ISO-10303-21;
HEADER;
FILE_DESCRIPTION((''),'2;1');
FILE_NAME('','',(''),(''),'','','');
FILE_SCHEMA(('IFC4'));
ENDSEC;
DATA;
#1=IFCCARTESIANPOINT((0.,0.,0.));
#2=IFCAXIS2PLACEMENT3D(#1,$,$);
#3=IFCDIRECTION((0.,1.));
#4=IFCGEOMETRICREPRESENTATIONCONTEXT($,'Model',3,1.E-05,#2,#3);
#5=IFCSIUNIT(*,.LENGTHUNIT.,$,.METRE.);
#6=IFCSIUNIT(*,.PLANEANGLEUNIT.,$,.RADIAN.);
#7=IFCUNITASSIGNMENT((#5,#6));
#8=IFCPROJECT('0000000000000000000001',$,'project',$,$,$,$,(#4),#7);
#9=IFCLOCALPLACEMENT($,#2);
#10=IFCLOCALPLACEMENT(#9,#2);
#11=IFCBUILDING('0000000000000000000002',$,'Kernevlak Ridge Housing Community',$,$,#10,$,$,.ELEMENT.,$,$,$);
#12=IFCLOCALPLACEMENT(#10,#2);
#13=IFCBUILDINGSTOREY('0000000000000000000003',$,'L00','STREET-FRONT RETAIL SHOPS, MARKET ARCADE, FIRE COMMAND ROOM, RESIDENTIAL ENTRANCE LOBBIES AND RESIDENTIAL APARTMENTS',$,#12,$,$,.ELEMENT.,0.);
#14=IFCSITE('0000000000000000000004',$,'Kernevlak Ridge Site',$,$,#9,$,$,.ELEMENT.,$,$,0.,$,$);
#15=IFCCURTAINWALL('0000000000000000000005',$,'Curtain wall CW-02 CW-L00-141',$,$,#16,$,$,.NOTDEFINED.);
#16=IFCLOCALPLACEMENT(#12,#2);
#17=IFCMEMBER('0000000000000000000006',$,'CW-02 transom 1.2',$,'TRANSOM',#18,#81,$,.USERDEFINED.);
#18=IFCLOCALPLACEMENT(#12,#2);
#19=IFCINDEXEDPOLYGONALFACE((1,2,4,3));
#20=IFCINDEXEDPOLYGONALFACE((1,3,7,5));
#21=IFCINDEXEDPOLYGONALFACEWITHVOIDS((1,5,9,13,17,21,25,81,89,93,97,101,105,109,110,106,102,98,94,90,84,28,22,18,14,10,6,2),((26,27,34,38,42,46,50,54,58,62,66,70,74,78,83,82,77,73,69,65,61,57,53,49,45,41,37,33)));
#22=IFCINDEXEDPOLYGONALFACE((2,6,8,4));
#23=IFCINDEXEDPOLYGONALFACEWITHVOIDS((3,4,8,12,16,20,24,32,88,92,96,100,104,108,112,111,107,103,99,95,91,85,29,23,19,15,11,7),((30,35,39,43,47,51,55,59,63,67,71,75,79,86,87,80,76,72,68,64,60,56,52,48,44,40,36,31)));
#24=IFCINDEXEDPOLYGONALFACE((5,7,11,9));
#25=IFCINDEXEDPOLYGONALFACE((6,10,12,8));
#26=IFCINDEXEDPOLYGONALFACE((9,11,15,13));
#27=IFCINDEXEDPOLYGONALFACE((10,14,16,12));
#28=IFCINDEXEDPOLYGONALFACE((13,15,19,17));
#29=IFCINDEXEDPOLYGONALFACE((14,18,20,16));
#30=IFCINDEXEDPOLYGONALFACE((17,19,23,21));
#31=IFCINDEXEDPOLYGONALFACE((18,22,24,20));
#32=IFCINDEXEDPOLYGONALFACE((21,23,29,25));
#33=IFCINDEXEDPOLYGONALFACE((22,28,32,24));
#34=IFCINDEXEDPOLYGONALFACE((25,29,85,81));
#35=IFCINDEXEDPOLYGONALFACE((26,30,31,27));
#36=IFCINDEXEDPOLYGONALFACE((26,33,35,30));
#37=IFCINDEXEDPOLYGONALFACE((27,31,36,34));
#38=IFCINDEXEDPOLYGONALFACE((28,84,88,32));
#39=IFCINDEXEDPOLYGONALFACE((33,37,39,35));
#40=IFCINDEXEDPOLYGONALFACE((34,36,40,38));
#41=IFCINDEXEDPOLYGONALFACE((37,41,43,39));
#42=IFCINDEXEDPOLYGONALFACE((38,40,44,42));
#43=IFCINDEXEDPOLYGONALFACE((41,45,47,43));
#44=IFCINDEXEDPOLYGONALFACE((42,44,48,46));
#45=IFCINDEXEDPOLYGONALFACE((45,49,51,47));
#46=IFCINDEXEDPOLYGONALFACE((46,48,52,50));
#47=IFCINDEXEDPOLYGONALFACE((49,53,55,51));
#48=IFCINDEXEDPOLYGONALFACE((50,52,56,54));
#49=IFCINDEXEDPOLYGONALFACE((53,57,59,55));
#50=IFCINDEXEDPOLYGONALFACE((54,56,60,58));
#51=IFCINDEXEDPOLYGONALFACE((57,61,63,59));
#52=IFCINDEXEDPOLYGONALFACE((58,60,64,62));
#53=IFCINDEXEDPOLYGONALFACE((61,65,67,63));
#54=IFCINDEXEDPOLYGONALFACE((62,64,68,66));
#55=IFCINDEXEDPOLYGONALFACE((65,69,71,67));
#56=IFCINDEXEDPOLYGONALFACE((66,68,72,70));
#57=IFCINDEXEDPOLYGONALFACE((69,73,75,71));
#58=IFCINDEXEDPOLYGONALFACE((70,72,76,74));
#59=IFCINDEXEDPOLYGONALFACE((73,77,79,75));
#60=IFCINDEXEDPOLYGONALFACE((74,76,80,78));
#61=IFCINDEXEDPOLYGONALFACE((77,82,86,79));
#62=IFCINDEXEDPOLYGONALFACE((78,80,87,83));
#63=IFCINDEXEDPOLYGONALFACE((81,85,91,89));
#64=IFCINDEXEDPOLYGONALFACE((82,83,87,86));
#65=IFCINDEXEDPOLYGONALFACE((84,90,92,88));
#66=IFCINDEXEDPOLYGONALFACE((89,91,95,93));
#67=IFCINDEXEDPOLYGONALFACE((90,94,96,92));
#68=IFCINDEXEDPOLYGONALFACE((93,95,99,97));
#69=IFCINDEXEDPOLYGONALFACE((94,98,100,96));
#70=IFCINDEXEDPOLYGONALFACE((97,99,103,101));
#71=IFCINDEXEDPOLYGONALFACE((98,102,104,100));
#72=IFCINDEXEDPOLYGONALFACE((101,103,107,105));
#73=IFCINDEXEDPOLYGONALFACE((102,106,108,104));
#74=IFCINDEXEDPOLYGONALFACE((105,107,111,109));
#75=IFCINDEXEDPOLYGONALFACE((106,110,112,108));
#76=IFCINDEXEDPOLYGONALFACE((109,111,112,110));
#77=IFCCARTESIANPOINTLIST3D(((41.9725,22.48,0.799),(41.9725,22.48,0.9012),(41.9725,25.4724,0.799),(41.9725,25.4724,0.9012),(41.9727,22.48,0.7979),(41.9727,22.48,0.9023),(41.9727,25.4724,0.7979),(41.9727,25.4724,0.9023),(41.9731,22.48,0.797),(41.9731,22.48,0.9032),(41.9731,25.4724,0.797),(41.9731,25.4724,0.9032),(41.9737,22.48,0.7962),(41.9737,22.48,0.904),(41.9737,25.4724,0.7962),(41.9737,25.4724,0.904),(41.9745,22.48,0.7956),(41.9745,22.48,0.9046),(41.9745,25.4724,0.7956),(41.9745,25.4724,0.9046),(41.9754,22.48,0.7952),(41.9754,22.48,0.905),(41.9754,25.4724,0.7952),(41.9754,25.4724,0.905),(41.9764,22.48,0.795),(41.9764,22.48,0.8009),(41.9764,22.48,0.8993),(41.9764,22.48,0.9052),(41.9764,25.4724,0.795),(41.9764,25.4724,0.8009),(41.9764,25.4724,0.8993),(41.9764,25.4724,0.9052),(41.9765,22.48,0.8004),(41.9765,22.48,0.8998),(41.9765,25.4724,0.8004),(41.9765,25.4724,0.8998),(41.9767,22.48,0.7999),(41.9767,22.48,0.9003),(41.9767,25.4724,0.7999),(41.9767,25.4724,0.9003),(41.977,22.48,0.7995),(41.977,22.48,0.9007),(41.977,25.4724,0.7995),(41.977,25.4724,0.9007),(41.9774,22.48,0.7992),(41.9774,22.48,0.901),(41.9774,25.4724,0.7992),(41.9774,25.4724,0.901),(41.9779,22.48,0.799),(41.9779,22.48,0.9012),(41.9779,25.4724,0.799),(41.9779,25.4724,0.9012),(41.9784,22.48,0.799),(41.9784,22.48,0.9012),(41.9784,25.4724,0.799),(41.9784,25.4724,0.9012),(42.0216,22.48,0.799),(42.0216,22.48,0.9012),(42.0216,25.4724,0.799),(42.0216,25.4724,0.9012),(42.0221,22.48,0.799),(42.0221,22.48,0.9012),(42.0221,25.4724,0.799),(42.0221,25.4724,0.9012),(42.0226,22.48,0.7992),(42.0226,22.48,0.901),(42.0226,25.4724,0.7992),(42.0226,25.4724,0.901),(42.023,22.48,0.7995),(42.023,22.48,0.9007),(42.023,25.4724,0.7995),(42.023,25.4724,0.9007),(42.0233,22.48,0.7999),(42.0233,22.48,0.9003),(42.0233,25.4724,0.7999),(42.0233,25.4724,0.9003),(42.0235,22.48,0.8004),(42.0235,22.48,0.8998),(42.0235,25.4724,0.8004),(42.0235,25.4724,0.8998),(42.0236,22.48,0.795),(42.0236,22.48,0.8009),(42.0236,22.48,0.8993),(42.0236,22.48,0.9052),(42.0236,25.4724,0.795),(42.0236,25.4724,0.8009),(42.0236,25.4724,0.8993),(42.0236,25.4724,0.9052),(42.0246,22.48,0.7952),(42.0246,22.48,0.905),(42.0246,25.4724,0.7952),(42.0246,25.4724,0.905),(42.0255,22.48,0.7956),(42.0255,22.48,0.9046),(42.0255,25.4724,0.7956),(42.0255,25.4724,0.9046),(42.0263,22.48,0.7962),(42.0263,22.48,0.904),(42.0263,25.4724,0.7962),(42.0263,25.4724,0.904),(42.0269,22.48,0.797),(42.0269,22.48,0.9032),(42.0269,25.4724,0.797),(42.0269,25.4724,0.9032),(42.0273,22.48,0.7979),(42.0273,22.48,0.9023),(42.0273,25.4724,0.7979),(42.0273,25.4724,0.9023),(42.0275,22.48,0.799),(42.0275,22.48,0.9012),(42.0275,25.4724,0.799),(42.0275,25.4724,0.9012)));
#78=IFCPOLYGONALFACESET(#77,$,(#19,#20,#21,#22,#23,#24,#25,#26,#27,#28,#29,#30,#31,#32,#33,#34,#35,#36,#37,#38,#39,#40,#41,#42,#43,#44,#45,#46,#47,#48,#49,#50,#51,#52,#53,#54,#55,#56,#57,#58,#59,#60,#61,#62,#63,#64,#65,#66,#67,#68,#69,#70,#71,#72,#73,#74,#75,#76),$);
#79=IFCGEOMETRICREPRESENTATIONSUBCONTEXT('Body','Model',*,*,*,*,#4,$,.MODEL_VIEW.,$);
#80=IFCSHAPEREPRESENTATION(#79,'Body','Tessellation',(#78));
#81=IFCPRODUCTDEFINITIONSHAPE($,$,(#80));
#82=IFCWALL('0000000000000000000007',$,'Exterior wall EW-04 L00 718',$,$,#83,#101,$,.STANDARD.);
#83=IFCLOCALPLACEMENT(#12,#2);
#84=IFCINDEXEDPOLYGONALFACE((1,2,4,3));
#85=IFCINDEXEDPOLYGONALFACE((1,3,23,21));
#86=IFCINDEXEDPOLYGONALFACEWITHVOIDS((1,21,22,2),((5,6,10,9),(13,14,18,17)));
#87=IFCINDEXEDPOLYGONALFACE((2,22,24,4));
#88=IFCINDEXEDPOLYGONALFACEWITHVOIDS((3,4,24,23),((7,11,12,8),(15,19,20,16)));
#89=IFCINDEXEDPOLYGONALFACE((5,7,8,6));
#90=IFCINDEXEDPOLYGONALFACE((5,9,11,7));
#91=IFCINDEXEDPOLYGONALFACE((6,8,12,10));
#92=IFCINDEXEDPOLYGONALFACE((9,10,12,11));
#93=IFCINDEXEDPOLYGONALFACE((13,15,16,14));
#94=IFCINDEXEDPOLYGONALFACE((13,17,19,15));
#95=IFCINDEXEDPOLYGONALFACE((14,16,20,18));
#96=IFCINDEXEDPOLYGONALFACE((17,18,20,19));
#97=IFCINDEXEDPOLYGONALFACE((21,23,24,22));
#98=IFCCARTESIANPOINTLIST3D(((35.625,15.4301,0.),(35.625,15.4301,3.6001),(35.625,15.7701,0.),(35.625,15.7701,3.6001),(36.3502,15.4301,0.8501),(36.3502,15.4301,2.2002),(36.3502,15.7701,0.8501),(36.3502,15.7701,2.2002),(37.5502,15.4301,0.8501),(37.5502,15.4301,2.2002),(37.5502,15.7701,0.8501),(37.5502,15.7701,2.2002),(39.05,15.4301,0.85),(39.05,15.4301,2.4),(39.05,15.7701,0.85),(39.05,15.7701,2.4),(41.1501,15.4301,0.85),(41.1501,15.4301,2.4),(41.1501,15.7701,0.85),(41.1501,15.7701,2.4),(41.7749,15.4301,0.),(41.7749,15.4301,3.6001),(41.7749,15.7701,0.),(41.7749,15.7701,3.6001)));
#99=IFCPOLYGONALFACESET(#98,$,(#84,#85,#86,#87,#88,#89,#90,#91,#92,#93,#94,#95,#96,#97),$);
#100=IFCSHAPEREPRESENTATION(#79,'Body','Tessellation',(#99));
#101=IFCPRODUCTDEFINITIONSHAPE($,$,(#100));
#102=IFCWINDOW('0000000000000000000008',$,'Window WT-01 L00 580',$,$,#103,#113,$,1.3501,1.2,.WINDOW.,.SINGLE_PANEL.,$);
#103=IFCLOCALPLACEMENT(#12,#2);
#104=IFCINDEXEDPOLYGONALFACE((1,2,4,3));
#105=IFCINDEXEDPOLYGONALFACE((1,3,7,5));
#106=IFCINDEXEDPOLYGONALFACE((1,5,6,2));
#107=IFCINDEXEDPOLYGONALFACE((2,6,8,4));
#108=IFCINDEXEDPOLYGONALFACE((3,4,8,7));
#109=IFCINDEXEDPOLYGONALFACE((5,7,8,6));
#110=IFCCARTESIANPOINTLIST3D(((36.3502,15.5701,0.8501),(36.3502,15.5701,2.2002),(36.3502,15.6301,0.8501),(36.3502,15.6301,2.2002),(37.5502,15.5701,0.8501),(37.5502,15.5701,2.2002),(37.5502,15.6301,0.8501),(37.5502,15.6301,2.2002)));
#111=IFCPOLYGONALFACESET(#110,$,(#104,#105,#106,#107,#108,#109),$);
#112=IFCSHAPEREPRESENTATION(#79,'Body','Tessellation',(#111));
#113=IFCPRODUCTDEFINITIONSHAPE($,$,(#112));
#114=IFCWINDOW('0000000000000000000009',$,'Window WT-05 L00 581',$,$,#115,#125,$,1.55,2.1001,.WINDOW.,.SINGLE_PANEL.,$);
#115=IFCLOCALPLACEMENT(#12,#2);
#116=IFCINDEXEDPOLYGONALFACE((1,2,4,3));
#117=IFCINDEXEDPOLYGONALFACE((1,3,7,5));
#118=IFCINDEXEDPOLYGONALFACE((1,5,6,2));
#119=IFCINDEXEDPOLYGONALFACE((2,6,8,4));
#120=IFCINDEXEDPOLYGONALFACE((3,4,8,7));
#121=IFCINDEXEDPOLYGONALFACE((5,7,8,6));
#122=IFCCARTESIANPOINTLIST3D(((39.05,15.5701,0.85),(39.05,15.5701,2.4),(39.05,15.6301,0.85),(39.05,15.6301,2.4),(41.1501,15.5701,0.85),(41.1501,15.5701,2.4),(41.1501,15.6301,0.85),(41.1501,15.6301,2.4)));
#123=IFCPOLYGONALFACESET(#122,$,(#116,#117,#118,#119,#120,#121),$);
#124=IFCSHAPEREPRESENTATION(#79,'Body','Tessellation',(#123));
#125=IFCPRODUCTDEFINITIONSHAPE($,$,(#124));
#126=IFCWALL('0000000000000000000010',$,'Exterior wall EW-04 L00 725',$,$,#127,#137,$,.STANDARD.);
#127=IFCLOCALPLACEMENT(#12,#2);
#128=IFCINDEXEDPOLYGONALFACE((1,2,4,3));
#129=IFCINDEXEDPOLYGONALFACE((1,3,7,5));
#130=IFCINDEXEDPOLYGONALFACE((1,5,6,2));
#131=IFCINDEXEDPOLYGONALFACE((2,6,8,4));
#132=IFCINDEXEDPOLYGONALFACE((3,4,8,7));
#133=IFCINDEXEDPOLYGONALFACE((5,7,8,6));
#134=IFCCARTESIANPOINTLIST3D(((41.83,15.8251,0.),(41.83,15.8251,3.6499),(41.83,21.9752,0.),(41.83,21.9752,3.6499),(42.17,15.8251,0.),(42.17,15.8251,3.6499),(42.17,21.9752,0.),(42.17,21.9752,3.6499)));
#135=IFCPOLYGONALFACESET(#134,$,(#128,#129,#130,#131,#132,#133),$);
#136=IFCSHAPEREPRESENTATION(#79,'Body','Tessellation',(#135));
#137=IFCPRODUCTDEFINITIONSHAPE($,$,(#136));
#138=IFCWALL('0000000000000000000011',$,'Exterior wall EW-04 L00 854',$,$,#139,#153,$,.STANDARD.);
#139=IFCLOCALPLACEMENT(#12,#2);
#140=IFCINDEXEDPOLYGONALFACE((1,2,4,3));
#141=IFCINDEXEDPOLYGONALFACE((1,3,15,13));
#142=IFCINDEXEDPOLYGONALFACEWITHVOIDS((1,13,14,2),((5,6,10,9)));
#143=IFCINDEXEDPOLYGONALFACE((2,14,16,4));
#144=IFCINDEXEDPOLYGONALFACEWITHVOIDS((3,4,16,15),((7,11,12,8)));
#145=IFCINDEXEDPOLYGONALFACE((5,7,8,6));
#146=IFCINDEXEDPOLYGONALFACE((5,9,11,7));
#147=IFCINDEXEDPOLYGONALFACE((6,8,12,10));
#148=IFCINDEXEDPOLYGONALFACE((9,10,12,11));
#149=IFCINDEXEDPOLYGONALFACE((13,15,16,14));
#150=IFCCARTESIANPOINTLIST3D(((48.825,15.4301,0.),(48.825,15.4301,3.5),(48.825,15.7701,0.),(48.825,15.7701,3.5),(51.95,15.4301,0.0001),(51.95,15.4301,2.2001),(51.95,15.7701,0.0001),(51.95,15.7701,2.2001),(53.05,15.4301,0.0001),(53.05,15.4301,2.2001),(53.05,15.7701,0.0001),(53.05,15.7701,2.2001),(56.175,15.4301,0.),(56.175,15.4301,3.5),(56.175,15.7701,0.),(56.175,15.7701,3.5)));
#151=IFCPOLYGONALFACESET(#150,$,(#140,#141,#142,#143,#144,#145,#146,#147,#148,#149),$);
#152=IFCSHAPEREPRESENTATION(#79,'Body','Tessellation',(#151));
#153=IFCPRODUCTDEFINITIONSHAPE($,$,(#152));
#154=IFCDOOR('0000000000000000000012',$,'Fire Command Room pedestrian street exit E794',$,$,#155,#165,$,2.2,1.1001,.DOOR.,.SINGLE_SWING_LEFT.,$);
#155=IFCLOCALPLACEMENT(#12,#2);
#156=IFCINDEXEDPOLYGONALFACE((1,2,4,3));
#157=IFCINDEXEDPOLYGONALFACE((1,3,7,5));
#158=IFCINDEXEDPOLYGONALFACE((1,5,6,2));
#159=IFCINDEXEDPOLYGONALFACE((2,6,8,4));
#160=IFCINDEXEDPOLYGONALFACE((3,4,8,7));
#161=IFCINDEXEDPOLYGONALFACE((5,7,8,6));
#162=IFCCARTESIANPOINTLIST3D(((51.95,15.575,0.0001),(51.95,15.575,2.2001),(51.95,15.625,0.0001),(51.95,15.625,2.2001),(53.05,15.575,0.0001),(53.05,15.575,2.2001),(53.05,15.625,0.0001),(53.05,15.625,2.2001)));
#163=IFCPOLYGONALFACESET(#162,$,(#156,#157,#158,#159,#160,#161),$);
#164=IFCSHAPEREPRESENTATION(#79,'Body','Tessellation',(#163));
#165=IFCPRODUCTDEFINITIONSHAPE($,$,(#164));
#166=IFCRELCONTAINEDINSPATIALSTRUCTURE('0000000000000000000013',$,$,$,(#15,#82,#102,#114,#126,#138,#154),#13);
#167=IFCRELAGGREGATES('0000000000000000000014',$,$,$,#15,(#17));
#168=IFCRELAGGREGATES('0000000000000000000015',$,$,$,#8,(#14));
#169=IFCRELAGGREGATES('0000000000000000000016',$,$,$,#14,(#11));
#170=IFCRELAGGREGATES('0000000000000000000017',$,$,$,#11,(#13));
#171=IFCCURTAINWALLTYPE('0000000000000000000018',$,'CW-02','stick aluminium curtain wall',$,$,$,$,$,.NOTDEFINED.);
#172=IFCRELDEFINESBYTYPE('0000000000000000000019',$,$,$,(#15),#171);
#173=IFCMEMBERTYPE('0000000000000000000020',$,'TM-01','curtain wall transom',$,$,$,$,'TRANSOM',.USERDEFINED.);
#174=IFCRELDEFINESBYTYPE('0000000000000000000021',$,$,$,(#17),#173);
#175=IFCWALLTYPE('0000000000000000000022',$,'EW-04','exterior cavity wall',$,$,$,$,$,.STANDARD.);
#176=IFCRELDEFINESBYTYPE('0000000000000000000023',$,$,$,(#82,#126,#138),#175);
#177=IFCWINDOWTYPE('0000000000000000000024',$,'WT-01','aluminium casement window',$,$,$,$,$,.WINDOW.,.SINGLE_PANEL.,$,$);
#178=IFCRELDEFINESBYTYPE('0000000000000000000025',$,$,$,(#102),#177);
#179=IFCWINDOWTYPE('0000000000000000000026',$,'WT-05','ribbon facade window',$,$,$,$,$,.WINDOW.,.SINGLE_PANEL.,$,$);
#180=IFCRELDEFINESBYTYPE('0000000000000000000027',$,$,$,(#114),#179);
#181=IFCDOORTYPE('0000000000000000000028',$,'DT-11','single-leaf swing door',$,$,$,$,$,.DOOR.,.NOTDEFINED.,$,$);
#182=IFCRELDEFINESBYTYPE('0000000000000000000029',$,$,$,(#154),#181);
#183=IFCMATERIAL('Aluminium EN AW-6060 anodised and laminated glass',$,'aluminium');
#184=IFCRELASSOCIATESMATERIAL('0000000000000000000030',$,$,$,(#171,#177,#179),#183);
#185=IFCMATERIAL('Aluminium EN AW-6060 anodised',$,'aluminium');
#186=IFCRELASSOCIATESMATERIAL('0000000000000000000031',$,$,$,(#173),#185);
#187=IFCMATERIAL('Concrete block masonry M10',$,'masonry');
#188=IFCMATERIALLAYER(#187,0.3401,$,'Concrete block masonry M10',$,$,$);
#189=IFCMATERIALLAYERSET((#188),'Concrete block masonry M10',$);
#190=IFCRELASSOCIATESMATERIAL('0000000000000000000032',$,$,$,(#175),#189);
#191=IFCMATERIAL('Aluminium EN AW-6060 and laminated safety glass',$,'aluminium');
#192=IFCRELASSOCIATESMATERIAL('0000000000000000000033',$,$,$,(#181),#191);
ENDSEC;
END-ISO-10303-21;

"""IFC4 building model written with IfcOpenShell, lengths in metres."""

from ifc_helpers import new_model, si_unit, direction, frame, frame_2d, origin, origin_2d, place, context, subcontext, project, spatial, rectangle, hollow_rectangle, extrude, material, layer, layer_set, material_profile, profile_set, type_object, element, fill, aggregate, save


model = new_model("IFC4")

# Units and contexts
model_context = context("Model", 3, precision=1e-05, world=origin(), true_north=direction((0.0, 1.0)))
body_context = subcontext(model_context, "Body", "Model", "MODEL_VIEW")
ifc_project = project(units=[si_unit("LENGTHUNIT", "METRE"), si_unit("PLANEANGLEUNIT", "RADIAN")], contexts=[model_context])

# Site, building, storey
site_placement = place(None, origin())
site = spatial("IfcSite", under=ifc_project, at=site_placement, Name="Kernevlak Ridge Site", CompositionType="ELEMENT", RefElevation=0.0)
building_placement = place(site_placement, origin())
building = spatial("IfcBuilding", under=site, at=building_placement, Name="Kernevlak Ridge Housing Community", CompositionType="ELEMENT")
storey_placement = place(building_placement, origin())
storey = spatial("IfcBuildingStorey", under=building, at=storey_placement, Name="L00", Description="STREET-FRONT RETAIL SHOPS, MARKET ARCADE, FIRE COMMAND ROOM, RESIDENTIAL ENTRANCE LOBBIES AND RESIDENTIAL APARTMENTS", CompositionType="ELEMENT", Elevation=0.0)

# Curtain wall
ifc_material_1 = material(Name="Aluminium EN AW-6060 anodised and laminated glass", Category="aluminium")
curtain_wall_type = type_object("IfcCurtainWallType", Name="CW-02", Description="stick aluminium curtain wall", PredefinedType="NOTDEFINED", material=ifc_material_1)
curtain_wall_placement = place(storey_placement, origin())
curtain_wall = element("IfcCurtainWall", 1, at=curtain_wall_placement, inside=storey, type_object=curtain_wall_type, Name="Curtain wall CW-02 CW-L00-141", PredefinedType="NOTDEFINED")
ifc_material_2 = material(Name="Aluminium EN AW-6060 anodised", Category="aluminium")

# Member
ifc_material_profile_1 = material_profile(ifc_material_2, hollow_rectangle(XDim=0.0549, YDim=0.1101, WallThickness=0.0039, InnerFilletRadius=0.002, OuterFilletRadius=0.0039, at=origin_2d()), Name="ALU 55x110x4")
ifc_profile_set_1 = profile_set([ifc_material_profile_1], Name="Aluminium EN AW-6060 anodised")
member_type_1 = type_object("IfcMemberType", Name="TM-01", Description="curtain wall transom", ElementType="TRANSOM", PredefinedType="USERDEFINED", material=ifc_profile_set_1)
member_1_placement = place(storey_placement, frame((42.0, 22.48, 0.8501), z_axis=(0.0, 1.0, 0.0), x_axis=(-1.0, 0.0, 0.0)))
member_1 = element("IfcMember", 2, at=member_1_placement, type_object=member_type_1, Name="CW-02 transom 1.2", ObjectType="TRANSOM", PredefinedType="USERDEFINED", context=body_context, shape_type="SweptSolid", body=[
    extrude(hollow_rectangle(XDim=0.0549, YDim=0.1101, WallThickness=0.0039, InnerFilletRadius=0.002, OuterFilletRadius=0.0039, at=origin_2d()), origin(), (0.0, 0.0, 1.0), 2.9924),
])
aggregate(curtain_wall, [member_1])

# Wall, openings, windows
ifc_material_3 = material(Name="Concrete block masonry M10", Category="masonry")
ifc_layer_1 = layer(ifc_material_3, 0.3401, Name="Concrete block masonry M10")
ifc_layer_set_1 = layer_set([ifc_layer_1], Name="Concrete block masonry M10")
wall_type_1 = type_object("IfcWallType", Name="EW-04", Description="exterior cavity wall", PredefinedType="STANDARD", material=ifc_layer_set_1)
wall_1_placement = place(storey_placement, frame((35.625, 15.6001, 0.0), z_axis=(0.0, 0.0, 1.0), x_axis=(1.0, 0.0, 0.0)))
wall_1 = element("IfcWall", 3, at=wall_1_placement, inside=storey, type_object=wall_type_1, Name="Exterior wall EW-04 L00 718", PredefinedType="STANDARD", context=body_context, shape_type="SweptSolid", body=[
    extrude(rectangle(XDim=6.1499, YDim=0.3401, at=frame_2d((3.075, 0.0))), origin(), (0.0, 0.0, 1.0), 3.6001),
])
opening_1_placement = place(wall_1_placement, frame((0.7251, 0.0, 0.8501)))
opening_1 = element("IfcOpeningElement", 4, at=opening_1_placement, cuts=wall_1, PredefinedType="OPENING", context=body_context, shape_type="SweptSolid", body=[
    extrude(rectangle(XDim=1.2, YDim=1.3501, at=frame_2d((0.6001, 0.675))), frame((0.0, 0.1799, 0.0), z_axis=(0.0, -1.0, 0.0), x_axis=(1.0, 0.0, 0.0)), (0.0, 0.0, 1.0), 0.3601),
])
opening_2_placement = place(wall_1_placement, frame((3.425, 0.0, 0.8501)))
opening_2 = element("IfcOpeningElement", 5, at=opening_2_placement, cuts=wall_1, PredefinedType="OPENING", context=body_context, shape_type="SweptSolid", body=[
    extrude(rectangle(XDim=2.1001, YDim=1.55, at=frame_2d((1.05, 0.7749))), frame((0.0, 0.1799, 0.0), z_axis=(0.0, -1.0, 0.0), x_axis=(1.0, 0.0, 0.0)), (0.0, 0.0, 1.0), 0.3601),
])
window_type_1 = type_object("IfcWindowType", Name="WT-01", Description="aluminium casement window", PartitioningType="SINGLE_PANEL", PredefinedType="WINDOW", material=ifc_material_1)
window_1_placement = place(opening_1_placement, origin())
window_1 = element("IfcWindow", 6, at=window_1_placement, inside=storey, type_object=window_type_1, Name="Window WT-01 L00 580", OverallHeight=1.3501, OverallWidth=1.2, PartitioningType="SINGLE_PANEL", PredefinedType="WINDOW", context=body_context, shape_type="SweptSolid", body=[
    extrude(rectangle(XDim=1.2, YDim=1.3501, at=frame_2d((0.6001, 0.675))), frame((0.0, 0.03, 0.0), z_axis=(0.0, -1.0, 0.0), x_axis=(1.0, 0.0, 0.0)), (0.0, 0.0, 1.0), 0.0601),
])
fill(opening_1, window_1)
window_type_2 = type_object("IfcWindowType", Name="WT-05", Description="ribbon facade window", PartitioningType="SINGLE_PANEL", PredefinedType="WINDOW", material=ifc_material_1)
window_2_placement = place(opening_2_placement, origin())
window_2 = element("IfcWindow", 7, at=window_2_placement, inside=storey, type_object=window_type_2, Name="Window WT-05 L00 581", OverallHeight=1.55, OverallWidth=2.1001, PartitioningType="SINGLE_PANEL", PredefinedType="WINDOW", context=body_context, shape_type="SweptSolid", body=[
    extrude(rectangle(XDim=2.1001, YDim=1.55, at=frame_2d((1.05, 0.7749))), frame((0.0, 0.03, 0.0), z_axis=(0.0, -1.0, 0.0), x_axis=(1.0, 0.0, 0.0)), (0.0, 0.0, 1.0), 0.0601),
])
fill(opening_2, window_2)

# Wall
wall_2_placement = place(storey_placement, frame((42.0, 15.825, 0.0), z_axis=(0.0, 0.0, 1.0), x_axis=(0.0, 1.0, 0.0)))
element("IfcWall", 8, at=wall_2_placement, inside=storey, type_object=wall_type_1, Name="Exterior wall EW-04 L00 725", PredefinedType="STANDARD", context=body_context, shape_type="SweptSolid", body=[
    extrude(rectangle(XDim=6.1501, YDim=0.3401, at=frame_2d((3.0752, 0.0))), origin(), (0.0, 0.0, 1.0), 3.6499),
])

# Wall, opening, door
wall_3_placement = place(storey_placement, frame((48.825, 15.6001, 0.0), z_axis=(0.0, 0.0, 1.0), x_axis=(1.0, 0.0, 0.0)))
wall_3 = element("IfcWall", 9, at=wall_3_placement, inside=storey, type_object=wall_type_1, Name="Exterior wall EW-04 L00 854", PredefinedType="STANDARD", context=body_context, shape_type="SweptSolid", body=[
    extrude(rectangle(XDim=7.3501, YDim=0.3401, at=frame_2d((3.675, 0.0))), origin(), (0.0, 0.0, 1.0), 3.5),
])
opening_3_placement = place(wall_3_placement, frame((3.125, 0.0, 0.0)))
opening_3 = element("IfcOpeningElement", 10, at=opening_3_placement, cuts=wall_3, PredefinedType="OPENING", context=body_context, shape_type="SweptSolid", body=[
    extrude(rectangle(XDim=1.1001, YDim=2.2, at=frame_2d((0.55, 1.1001))), frame((0.0, 0.1799, 0.0), z_axis=(0.0, -1.0, 0.0), x_axis=(1.0, 0.0, 0.0)), (0.0, 0.0, 1.0), 0.3601),
])
ifc_material_4 = material(Name="Aluminium EN AW-6060 and laminated safety glass", Category="aluminium")
door_type_1 = type_object("IfcDoorType", Name="DT-11", Description="single-leaf swing door", OperationType="NOTDEFINED", PredefinedType="DOOR", material=ifc_material_4)
door_1_placement = place(opening_3_placement, origin())
door_1 = element("IfcDoor", 11, at=door_1_placement, inside=storey, type_object=door_type_1, Name="Fire Command Room pedestrian street exit E794", OperationType="SINGLE_SWING_LEFT", OverallHeight=2.2, OverallWidth=1.1001, PredefinedType="DOOR", context=body_context, shape_type="SweptSolid", body=[
    extrude(rectangle(XDim=1.1001, YDim=2.2, at=frame_2d((0.55, 1.1001))), frame((0.0, 0.0249, 0.0), z_axis=(0.0, -1.0, 0.0), x_axis=(1.0, 0.0, 0.0)), (0.0, 0.0, 1.0), 0.05),
])
fill(opening_3, door_1)

save(model, "model.ifc")
